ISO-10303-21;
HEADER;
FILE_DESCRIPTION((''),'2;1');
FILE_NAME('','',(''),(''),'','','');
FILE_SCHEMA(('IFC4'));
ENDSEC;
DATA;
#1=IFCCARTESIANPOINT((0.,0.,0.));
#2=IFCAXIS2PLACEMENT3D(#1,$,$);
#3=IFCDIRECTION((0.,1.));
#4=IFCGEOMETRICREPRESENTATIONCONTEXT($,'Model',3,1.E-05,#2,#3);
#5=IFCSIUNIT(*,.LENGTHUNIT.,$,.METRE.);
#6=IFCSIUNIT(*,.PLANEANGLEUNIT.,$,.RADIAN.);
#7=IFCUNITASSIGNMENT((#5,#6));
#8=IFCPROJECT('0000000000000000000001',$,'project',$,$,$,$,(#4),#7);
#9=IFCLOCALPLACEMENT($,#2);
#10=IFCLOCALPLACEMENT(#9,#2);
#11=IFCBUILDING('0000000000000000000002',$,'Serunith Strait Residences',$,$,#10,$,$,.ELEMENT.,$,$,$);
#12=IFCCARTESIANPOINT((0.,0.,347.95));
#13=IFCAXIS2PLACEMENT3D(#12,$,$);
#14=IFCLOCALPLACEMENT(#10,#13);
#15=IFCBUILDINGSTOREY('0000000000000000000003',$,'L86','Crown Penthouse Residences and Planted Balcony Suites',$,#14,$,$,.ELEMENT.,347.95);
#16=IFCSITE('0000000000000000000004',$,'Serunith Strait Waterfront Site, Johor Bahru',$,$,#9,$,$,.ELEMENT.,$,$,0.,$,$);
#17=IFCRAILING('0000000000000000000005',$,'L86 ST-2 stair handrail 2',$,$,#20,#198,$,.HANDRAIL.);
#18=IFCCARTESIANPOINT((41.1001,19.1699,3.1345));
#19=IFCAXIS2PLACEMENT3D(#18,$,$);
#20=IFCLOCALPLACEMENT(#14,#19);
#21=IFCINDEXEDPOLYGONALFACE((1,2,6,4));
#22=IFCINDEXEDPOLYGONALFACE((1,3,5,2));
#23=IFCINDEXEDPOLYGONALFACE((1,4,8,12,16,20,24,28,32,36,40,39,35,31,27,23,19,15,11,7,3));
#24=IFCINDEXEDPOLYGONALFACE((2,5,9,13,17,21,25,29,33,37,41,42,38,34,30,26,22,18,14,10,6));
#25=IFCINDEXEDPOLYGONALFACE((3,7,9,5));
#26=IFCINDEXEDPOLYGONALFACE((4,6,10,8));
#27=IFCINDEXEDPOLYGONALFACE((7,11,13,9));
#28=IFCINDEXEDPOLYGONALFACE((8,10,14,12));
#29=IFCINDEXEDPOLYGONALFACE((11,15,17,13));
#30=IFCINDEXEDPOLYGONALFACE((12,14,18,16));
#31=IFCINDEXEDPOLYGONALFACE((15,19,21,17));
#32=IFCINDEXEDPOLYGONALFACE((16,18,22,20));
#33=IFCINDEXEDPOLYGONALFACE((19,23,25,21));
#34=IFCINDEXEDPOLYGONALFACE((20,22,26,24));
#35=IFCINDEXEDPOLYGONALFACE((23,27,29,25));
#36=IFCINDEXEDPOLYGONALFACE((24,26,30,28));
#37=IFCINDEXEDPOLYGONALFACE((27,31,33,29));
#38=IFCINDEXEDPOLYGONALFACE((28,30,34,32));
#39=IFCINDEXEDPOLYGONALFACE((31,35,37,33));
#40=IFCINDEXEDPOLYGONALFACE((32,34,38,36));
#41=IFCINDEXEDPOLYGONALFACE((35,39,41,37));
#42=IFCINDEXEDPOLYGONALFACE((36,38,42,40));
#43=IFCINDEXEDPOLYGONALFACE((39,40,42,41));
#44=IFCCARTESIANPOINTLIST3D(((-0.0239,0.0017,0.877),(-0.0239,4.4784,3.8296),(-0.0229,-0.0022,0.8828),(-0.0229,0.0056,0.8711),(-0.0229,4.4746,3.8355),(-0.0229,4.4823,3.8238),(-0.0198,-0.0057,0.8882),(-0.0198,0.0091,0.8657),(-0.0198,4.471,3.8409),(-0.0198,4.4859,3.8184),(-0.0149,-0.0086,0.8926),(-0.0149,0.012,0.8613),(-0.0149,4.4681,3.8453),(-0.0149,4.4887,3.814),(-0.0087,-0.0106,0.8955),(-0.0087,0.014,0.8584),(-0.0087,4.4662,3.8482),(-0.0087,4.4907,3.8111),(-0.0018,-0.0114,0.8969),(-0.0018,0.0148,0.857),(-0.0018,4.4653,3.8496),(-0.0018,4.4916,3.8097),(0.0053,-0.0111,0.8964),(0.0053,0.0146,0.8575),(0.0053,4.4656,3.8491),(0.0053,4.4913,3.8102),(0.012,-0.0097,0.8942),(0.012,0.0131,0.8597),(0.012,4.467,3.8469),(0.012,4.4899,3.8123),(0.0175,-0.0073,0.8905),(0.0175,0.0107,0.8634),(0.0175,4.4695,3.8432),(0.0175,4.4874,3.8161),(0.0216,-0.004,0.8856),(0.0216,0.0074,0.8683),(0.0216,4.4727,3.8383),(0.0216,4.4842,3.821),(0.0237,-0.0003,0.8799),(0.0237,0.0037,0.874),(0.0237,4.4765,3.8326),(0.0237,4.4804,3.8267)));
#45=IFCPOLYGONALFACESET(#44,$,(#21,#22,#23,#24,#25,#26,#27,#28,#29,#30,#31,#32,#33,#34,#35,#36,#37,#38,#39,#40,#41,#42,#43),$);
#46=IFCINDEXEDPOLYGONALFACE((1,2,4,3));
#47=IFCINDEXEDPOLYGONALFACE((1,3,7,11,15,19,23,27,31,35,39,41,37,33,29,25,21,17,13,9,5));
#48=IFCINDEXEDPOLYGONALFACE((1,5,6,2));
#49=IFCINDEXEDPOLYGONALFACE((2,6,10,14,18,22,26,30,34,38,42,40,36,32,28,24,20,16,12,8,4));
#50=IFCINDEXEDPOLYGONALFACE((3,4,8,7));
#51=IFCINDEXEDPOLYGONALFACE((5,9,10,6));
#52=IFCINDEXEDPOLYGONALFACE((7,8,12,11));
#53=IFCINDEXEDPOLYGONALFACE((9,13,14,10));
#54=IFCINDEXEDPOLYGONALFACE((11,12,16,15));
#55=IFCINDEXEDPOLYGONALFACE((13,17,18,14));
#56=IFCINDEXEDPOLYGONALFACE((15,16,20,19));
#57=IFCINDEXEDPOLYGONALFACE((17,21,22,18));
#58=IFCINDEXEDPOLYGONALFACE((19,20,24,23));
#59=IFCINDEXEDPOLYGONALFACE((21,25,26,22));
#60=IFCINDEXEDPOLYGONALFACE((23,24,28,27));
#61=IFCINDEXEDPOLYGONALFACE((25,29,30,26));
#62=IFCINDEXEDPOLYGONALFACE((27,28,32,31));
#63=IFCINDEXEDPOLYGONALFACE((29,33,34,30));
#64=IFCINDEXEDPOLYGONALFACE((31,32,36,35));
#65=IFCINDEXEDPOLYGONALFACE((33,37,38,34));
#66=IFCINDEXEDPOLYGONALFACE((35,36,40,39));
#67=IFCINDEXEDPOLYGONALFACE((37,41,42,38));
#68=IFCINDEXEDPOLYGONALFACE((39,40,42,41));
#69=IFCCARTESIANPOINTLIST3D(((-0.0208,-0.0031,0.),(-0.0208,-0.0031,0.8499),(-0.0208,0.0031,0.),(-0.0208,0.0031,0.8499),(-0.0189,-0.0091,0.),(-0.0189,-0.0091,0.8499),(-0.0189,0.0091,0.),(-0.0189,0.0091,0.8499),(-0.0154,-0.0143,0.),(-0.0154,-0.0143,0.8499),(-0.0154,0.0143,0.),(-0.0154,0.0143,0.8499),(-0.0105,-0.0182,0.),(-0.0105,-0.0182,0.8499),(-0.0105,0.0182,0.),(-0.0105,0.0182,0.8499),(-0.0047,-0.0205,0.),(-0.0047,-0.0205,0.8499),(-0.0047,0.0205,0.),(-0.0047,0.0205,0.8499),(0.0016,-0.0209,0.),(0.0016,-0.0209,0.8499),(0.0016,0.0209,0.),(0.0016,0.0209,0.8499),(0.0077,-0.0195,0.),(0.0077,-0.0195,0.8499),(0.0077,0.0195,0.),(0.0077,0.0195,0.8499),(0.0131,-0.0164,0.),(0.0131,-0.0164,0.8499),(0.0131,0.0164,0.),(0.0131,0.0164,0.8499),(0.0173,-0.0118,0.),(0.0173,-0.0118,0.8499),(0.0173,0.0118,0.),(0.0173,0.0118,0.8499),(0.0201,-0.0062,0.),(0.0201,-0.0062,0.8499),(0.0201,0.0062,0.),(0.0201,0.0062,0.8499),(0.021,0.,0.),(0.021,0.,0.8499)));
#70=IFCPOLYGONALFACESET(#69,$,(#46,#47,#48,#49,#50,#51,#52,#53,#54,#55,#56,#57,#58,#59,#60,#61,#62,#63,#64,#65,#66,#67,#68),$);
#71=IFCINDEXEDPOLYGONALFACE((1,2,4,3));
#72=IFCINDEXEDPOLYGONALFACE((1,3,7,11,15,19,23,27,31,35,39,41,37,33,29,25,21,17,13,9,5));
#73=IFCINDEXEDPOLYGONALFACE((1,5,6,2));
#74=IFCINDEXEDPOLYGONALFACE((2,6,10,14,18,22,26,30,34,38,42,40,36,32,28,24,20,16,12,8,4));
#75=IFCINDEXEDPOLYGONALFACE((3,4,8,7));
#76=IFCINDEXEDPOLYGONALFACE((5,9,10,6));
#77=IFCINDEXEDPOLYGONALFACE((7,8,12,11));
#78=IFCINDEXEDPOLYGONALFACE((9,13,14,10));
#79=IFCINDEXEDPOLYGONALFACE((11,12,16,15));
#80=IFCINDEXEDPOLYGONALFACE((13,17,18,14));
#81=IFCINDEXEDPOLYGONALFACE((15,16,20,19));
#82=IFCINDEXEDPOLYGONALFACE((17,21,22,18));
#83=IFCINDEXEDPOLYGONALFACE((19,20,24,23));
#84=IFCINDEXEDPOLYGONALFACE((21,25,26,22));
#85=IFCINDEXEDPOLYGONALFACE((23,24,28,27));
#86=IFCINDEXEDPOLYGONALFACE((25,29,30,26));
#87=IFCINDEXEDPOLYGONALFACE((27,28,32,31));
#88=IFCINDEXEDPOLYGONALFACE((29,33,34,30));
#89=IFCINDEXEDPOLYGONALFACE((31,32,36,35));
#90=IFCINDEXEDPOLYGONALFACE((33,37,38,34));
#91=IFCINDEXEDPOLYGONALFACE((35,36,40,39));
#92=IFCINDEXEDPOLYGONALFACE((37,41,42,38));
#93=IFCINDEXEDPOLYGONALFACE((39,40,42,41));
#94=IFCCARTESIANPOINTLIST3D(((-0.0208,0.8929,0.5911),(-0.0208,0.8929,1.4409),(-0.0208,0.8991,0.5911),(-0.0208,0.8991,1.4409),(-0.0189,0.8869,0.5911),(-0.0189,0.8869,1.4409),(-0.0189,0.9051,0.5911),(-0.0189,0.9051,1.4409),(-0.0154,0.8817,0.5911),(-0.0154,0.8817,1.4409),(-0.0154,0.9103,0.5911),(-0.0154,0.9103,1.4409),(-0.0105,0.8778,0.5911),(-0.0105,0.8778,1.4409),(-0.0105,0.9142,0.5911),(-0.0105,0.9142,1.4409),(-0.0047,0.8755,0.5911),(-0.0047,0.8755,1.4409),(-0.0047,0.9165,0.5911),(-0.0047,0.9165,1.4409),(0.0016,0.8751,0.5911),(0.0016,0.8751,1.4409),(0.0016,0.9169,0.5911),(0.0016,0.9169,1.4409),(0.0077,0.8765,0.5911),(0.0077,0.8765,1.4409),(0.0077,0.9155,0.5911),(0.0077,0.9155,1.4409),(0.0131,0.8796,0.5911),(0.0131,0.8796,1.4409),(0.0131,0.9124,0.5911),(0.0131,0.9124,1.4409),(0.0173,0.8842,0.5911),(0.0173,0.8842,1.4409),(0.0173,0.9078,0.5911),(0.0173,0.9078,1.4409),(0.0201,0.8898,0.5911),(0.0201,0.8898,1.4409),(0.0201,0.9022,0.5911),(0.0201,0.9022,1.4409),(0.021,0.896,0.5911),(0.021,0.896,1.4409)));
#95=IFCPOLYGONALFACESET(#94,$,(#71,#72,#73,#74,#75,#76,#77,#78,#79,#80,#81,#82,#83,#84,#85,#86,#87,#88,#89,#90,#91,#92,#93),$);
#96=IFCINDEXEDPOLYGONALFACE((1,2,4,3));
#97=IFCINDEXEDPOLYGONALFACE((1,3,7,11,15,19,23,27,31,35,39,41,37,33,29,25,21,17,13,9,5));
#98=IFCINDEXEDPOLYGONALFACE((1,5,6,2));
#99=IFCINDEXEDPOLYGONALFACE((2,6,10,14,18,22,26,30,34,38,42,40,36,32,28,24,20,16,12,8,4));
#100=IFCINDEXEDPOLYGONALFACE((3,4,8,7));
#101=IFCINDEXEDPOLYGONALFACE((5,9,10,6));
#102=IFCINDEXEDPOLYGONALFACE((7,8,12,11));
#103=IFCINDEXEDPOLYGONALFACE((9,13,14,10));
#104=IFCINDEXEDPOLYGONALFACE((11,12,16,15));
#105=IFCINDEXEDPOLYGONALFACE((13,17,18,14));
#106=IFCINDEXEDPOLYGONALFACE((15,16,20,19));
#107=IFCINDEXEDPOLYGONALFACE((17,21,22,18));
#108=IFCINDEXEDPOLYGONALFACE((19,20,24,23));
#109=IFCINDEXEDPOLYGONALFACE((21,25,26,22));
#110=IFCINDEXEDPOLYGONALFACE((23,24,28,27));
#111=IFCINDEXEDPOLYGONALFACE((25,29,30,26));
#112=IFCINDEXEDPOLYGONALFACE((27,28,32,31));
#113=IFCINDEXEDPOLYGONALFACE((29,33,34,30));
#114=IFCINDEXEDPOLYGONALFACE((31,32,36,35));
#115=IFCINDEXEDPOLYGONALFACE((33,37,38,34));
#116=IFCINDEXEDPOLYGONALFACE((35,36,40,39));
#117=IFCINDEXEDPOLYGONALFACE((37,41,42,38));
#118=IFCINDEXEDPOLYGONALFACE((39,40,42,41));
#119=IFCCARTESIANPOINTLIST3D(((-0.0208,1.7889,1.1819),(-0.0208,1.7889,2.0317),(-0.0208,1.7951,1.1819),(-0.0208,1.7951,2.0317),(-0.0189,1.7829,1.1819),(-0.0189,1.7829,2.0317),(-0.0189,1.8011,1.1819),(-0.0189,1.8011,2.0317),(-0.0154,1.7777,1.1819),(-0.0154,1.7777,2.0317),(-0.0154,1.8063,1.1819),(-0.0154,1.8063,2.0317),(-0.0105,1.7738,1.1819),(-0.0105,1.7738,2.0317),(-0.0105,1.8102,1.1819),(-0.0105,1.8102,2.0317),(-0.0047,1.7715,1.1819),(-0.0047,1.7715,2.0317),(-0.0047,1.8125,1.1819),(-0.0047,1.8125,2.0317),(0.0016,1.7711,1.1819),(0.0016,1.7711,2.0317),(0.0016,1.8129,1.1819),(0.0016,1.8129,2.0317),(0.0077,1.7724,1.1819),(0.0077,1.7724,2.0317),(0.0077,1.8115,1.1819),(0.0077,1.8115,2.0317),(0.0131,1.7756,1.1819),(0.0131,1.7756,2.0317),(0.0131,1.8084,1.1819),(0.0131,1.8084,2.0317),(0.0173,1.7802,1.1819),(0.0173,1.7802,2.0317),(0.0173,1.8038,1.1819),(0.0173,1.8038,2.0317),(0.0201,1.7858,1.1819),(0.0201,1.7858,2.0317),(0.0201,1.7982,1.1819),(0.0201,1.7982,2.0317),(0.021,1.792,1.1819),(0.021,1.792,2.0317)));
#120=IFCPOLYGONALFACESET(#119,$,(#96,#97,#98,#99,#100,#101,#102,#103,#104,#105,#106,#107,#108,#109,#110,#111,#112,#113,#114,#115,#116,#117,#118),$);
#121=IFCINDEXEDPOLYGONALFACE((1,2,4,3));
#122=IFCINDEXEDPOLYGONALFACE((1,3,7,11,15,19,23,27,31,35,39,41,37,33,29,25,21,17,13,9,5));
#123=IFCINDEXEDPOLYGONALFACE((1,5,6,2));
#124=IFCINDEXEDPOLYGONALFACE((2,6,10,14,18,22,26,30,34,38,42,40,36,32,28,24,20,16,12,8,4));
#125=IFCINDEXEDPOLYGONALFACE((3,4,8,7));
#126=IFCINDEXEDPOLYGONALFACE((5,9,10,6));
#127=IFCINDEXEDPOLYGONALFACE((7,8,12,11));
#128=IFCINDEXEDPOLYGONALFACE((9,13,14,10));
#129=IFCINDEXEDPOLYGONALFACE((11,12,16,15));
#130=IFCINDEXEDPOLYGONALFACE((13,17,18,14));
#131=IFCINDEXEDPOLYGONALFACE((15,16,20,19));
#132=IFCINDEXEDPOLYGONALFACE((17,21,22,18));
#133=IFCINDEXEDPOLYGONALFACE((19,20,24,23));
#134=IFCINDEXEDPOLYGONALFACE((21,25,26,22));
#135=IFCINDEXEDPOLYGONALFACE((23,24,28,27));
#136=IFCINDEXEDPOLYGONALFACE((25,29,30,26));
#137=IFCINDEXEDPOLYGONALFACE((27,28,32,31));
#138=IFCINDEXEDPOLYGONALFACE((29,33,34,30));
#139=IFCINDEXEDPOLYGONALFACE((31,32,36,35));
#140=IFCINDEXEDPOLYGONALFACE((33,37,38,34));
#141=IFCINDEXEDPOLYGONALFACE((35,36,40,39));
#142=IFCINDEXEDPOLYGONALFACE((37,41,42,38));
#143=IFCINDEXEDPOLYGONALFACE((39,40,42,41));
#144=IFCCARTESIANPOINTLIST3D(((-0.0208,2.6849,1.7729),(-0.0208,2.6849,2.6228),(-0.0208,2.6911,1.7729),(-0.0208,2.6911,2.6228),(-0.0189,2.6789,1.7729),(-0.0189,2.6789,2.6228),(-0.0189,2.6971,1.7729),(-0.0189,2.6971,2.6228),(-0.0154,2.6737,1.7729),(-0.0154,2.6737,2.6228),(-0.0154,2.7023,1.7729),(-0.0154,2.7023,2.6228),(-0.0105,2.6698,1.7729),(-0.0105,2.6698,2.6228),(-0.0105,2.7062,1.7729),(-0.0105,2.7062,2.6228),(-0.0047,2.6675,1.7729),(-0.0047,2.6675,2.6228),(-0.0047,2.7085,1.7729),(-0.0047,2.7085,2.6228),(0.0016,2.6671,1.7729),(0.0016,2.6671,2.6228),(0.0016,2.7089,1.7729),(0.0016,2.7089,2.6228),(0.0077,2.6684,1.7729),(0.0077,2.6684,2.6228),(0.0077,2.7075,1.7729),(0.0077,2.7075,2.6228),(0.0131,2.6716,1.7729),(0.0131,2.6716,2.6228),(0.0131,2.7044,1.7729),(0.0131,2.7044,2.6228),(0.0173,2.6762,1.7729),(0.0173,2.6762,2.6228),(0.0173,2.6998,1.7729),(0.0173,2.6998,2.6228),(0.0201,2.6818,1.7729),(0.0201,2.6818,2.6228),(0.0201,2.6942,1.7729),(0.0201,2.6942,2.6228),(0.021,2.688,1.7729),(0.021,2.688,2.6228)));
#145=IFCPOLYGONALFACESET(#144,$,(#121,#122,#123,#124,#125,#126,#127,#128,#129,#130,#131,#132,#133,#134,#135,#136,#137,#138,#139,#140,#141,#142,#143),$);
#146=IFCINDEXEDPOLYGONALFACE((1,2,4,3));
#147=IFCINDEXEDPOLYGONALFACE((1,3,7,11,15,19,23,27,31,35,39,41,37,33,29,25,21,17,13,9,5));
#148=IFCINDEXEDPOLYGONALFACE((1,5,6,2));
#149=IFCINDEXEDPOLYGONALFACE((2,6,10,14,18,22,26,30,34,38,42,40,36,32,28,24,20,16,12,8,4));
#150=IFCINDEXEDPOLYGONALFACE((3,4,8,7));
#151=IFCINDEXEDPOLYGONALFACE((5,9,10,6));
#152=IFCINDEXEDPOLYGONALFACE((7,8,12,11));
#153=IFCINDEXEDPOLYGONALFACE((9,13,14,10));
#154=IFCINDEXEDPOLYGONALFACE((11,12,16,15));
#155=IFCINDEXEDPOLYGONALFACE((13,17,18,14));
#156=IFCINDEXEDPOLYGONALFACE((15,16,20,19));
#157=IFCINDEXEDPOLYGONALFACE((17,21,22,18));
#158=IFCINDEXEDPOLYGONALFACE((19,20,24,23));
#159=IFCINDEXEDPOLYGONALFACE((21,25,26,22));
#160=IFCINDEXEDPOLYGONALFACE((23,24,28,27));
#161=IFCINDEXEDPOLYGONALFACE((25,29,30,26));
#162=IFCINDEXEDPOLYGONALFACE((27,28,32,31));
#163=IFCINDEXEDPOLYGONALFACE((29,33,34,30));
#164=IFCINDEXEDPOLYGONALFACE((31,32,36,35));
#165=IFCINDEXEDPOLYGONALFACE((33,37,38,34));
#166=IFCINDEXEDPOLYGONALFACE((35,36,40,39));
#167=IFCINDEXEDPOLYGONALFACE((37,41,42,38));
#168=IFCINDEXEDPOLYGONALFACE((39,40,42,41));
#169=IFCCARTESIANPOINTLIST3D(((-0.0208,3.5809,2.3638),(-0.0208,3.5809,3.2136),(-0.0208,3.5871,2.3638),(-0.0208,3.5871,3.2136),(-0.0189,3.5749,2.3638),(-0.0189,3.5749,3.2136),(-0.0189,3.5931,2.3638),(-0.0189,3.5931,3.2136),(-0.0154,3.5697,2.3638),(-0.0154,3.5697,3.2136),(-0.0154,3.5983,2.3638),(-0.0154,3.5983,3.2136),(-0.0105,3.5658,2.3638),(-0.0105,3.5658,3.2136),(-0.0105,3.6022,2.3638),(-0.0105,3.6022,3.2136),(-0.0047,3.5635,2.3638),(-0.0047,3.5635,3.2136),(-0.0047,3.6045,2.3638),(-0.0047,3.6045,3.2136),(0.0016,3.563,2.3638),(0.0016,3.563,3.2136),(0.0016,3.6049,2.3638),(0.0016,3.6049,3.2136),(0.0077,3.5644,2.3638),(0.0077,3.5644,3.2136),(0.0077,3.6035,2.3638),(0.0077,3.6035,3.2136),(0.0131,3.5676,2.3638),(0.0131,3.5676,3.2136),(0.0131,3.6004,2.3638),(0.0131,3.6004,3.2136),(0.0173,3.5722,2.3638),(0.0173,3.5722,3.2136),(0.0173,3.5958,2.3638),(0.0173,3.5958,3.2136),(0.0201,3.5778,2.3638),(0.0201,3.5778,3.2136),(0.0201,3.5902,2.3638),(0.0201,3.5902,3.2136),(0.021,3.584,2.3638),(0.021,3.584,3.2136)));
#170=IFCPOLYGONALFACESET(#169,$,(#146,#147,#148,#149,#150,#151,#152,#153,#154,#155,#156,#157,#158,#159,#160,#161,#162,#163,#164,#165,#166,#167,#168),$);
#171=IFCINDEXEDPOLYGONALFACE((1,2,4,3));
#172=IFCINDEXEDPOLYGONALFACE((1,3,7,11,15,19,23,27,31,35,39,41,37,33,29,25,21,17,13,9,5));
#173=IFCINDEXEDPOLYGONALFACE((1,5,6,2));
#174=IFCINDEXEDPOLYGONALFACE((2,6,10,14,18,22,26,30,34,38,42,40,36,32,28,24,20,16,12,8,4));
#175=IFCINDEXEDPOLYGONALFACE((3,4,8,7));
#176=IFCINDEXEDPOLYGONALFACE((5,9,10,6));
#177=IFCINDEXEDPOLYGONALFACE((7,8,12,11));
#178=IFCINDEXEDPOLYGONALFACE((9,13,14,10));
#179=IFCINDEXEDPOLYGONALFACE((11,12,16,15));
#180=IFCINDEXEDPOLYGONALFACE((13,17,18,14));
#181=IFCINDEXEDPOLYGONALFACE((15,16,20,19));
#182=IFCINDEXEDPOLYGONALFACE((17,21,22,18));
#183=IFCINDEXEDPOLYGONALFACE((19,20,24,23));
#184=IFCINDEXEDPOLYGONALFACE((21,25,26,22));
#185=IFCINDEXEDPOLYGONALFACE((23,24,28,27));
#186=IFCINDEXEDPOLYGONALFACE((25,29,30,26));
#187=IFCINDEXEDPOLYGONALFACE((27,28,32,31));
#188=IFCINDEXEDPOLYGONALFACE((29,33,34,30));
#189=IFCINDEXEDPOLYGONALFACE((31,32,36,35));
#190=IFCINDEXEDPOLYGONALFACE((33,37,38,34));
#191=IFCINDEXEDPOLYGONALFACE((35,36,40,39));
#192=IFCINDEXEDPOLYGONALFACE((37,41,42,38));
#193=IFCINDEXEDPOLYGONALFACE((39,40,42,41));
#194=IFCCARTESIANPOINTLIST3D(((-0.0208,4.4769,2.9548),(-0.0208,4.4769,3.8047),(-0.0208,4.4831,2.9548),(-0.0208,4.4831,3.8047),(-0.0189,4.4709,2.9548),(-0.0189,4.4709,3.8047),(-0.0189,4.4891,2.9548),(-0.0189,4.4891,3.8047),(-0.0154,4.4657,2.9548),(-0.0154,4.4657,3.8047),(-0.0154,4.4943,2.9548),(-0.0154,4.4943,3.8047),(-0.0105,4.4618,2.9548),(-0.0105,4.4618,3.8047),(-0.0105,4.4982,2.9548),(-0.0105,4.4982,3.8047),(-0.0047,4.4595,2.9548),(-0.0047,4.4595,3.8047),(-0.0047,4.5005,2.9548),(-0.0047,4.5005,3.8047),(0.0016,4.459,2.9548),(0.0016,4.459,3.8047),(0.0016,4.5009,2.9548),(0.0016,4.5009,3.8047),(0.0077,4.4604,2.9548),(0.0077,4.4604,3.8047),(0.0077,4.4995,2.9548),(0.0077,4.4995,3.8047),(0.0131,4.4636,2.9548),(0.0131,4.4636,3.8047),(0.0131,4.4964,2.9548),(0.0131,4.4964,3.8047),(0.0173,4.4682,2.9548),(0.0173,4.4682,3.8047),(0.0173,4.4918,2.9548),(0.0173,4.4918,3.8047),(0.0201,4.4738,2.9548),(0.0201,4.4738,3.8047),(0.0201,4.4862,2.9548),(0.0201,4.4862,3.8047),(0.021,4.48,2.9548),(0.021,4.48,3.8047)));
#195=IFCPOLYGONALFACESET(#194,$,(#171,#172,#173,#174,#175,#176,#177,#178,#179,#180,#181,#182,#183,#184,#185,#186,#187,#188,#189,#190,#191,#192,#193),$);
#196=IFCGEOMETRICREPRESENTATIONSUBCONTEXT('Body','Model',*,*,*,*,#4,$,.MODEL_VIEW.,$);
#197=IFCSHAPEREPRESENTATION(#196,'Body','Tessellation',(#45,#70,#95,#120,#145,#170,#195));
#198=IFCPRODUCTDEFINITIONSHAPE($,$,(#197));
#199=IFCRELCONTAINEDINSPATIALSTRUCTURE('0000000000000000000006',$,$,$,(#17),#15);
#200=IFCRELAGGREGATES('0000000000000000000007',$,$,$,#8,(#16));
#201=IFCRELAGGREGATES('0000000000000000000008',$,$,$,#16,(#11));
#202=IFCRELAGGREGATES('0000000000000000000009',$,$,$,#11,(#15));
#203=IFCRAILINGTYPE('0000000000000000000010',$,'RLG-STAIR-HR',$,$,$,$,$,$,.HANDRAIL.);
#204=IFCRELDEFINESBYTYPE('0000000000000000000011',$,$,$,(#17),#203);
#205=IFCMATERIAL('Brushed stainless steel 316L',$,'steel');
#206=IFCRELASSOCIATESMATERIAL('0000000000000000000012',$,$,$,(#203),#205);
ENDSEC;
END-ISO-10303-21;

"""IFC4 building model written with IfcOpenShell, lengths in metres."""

from ifc_helpers import new_model, si_unit, direction, frame, origin, origin_2d, place, context, subcontext, project, spatial, circle, extrude, material, type_object, element, save


model = new_model("IFC4")

# Units and contexts
model_context = context("Model", 3, precision=1e-05, world=origin(), true_north=direction((0.0, 1.0)))
body_context = subcontext(model_context, "Body", "Model", "MODEL_VIEW")
ifc_project = project(units=[si_unit("LENGTHUNIT", "METRE"), si_unit("PLANEANGLEUNIT", "RADIAN")], contexts=[model_context])

# Site, building, storey
site_placement = place(None, origin())
site = spatial("IfcSite", under=ifc_project, at=site_placement, Name="Serunith Strait Waterfront Site, Johor Bahru", CompositionType="ELEMENT", RefElevation=0.0)
building_placement = place(site_placement, origin())
building = spatial("IfcBuilding", under=site, at=building_placement, Name="Serunith Strait Residences", CompositionType="ELEMENT")
storey_placement = place(building_placement, frame((0.0, 0.0, 347.95)))
storey = spatial("IfcBuildingStorey", under=building, at=storey_placement, Name="L86", Description="Crown Penthouse Residences and Planted Balcony Suites", CompositionType="ELEMENT", Elevation=347.95)

# Railing
ifc_material_1 = material(Name="Brushed stainless steel 316L", Category="steel")
railing_type_1 = type_object("IfcRailingType", Name="RLG-STAIR-HR", PredefinedType="HANDRAIL", material=ifc_material_1)
railing_1_placement = place(storey_placement, frame((41.1001, 19.1699, 3.1345)))
element("IfcRailing", 1, at=railing_1_placement, inside=storey, type_object=railing_type_1, Name="L86 ST-2 stair handrail 2", PredefinedType="HANDRAIL", context=body_context, shape_type="SweptSolid", body=[
    extrude(circle(Radius=0.0239, at=origin_2d()), frame((0.0, 0.0017, 0.877), z_axis=(0.0, 0.834777, 0.550589), x_axis=(-1.0, 0.0, 0.0)), (0.0, 0.0, 1.0), 5.3628),
    extrude(circle(Radius=0.021, at=origin_2d()), origin(), (0.0, 0.0, 1.0), 0.8499),
    extrude(circle(Radius=0.021, at=origin_2d()), frame((0.0, 0.896, 0.5911)), (0.0, 0.0, 1.0), 0.8499),
    extrude(circle(Radius=0.021, at=origin_2d()), frame((0.0, 1.792, 1.1819)), (0.0, 0.0, 1.0), 0.8499),
    extrude(circle(Radius=0.021, at=origin_2d()), frame((0.0, 2.688, 1.7729)), (0.0, 0.0, 1.0), 0.8499),
    extrude(circle(Radius=0.021, at=origin_2d()), frame((0.0, 3.584, 2.3638)), (0.0, 0.0, 1.0), 0.8499),
    extrude(circle(Radius=0.021, at=origin_2d()), frame((0.0, 4.48, 2.9548)), (0.0, 0.0, 1.0), 0.8499),
])

save(model, "model.ifc")
